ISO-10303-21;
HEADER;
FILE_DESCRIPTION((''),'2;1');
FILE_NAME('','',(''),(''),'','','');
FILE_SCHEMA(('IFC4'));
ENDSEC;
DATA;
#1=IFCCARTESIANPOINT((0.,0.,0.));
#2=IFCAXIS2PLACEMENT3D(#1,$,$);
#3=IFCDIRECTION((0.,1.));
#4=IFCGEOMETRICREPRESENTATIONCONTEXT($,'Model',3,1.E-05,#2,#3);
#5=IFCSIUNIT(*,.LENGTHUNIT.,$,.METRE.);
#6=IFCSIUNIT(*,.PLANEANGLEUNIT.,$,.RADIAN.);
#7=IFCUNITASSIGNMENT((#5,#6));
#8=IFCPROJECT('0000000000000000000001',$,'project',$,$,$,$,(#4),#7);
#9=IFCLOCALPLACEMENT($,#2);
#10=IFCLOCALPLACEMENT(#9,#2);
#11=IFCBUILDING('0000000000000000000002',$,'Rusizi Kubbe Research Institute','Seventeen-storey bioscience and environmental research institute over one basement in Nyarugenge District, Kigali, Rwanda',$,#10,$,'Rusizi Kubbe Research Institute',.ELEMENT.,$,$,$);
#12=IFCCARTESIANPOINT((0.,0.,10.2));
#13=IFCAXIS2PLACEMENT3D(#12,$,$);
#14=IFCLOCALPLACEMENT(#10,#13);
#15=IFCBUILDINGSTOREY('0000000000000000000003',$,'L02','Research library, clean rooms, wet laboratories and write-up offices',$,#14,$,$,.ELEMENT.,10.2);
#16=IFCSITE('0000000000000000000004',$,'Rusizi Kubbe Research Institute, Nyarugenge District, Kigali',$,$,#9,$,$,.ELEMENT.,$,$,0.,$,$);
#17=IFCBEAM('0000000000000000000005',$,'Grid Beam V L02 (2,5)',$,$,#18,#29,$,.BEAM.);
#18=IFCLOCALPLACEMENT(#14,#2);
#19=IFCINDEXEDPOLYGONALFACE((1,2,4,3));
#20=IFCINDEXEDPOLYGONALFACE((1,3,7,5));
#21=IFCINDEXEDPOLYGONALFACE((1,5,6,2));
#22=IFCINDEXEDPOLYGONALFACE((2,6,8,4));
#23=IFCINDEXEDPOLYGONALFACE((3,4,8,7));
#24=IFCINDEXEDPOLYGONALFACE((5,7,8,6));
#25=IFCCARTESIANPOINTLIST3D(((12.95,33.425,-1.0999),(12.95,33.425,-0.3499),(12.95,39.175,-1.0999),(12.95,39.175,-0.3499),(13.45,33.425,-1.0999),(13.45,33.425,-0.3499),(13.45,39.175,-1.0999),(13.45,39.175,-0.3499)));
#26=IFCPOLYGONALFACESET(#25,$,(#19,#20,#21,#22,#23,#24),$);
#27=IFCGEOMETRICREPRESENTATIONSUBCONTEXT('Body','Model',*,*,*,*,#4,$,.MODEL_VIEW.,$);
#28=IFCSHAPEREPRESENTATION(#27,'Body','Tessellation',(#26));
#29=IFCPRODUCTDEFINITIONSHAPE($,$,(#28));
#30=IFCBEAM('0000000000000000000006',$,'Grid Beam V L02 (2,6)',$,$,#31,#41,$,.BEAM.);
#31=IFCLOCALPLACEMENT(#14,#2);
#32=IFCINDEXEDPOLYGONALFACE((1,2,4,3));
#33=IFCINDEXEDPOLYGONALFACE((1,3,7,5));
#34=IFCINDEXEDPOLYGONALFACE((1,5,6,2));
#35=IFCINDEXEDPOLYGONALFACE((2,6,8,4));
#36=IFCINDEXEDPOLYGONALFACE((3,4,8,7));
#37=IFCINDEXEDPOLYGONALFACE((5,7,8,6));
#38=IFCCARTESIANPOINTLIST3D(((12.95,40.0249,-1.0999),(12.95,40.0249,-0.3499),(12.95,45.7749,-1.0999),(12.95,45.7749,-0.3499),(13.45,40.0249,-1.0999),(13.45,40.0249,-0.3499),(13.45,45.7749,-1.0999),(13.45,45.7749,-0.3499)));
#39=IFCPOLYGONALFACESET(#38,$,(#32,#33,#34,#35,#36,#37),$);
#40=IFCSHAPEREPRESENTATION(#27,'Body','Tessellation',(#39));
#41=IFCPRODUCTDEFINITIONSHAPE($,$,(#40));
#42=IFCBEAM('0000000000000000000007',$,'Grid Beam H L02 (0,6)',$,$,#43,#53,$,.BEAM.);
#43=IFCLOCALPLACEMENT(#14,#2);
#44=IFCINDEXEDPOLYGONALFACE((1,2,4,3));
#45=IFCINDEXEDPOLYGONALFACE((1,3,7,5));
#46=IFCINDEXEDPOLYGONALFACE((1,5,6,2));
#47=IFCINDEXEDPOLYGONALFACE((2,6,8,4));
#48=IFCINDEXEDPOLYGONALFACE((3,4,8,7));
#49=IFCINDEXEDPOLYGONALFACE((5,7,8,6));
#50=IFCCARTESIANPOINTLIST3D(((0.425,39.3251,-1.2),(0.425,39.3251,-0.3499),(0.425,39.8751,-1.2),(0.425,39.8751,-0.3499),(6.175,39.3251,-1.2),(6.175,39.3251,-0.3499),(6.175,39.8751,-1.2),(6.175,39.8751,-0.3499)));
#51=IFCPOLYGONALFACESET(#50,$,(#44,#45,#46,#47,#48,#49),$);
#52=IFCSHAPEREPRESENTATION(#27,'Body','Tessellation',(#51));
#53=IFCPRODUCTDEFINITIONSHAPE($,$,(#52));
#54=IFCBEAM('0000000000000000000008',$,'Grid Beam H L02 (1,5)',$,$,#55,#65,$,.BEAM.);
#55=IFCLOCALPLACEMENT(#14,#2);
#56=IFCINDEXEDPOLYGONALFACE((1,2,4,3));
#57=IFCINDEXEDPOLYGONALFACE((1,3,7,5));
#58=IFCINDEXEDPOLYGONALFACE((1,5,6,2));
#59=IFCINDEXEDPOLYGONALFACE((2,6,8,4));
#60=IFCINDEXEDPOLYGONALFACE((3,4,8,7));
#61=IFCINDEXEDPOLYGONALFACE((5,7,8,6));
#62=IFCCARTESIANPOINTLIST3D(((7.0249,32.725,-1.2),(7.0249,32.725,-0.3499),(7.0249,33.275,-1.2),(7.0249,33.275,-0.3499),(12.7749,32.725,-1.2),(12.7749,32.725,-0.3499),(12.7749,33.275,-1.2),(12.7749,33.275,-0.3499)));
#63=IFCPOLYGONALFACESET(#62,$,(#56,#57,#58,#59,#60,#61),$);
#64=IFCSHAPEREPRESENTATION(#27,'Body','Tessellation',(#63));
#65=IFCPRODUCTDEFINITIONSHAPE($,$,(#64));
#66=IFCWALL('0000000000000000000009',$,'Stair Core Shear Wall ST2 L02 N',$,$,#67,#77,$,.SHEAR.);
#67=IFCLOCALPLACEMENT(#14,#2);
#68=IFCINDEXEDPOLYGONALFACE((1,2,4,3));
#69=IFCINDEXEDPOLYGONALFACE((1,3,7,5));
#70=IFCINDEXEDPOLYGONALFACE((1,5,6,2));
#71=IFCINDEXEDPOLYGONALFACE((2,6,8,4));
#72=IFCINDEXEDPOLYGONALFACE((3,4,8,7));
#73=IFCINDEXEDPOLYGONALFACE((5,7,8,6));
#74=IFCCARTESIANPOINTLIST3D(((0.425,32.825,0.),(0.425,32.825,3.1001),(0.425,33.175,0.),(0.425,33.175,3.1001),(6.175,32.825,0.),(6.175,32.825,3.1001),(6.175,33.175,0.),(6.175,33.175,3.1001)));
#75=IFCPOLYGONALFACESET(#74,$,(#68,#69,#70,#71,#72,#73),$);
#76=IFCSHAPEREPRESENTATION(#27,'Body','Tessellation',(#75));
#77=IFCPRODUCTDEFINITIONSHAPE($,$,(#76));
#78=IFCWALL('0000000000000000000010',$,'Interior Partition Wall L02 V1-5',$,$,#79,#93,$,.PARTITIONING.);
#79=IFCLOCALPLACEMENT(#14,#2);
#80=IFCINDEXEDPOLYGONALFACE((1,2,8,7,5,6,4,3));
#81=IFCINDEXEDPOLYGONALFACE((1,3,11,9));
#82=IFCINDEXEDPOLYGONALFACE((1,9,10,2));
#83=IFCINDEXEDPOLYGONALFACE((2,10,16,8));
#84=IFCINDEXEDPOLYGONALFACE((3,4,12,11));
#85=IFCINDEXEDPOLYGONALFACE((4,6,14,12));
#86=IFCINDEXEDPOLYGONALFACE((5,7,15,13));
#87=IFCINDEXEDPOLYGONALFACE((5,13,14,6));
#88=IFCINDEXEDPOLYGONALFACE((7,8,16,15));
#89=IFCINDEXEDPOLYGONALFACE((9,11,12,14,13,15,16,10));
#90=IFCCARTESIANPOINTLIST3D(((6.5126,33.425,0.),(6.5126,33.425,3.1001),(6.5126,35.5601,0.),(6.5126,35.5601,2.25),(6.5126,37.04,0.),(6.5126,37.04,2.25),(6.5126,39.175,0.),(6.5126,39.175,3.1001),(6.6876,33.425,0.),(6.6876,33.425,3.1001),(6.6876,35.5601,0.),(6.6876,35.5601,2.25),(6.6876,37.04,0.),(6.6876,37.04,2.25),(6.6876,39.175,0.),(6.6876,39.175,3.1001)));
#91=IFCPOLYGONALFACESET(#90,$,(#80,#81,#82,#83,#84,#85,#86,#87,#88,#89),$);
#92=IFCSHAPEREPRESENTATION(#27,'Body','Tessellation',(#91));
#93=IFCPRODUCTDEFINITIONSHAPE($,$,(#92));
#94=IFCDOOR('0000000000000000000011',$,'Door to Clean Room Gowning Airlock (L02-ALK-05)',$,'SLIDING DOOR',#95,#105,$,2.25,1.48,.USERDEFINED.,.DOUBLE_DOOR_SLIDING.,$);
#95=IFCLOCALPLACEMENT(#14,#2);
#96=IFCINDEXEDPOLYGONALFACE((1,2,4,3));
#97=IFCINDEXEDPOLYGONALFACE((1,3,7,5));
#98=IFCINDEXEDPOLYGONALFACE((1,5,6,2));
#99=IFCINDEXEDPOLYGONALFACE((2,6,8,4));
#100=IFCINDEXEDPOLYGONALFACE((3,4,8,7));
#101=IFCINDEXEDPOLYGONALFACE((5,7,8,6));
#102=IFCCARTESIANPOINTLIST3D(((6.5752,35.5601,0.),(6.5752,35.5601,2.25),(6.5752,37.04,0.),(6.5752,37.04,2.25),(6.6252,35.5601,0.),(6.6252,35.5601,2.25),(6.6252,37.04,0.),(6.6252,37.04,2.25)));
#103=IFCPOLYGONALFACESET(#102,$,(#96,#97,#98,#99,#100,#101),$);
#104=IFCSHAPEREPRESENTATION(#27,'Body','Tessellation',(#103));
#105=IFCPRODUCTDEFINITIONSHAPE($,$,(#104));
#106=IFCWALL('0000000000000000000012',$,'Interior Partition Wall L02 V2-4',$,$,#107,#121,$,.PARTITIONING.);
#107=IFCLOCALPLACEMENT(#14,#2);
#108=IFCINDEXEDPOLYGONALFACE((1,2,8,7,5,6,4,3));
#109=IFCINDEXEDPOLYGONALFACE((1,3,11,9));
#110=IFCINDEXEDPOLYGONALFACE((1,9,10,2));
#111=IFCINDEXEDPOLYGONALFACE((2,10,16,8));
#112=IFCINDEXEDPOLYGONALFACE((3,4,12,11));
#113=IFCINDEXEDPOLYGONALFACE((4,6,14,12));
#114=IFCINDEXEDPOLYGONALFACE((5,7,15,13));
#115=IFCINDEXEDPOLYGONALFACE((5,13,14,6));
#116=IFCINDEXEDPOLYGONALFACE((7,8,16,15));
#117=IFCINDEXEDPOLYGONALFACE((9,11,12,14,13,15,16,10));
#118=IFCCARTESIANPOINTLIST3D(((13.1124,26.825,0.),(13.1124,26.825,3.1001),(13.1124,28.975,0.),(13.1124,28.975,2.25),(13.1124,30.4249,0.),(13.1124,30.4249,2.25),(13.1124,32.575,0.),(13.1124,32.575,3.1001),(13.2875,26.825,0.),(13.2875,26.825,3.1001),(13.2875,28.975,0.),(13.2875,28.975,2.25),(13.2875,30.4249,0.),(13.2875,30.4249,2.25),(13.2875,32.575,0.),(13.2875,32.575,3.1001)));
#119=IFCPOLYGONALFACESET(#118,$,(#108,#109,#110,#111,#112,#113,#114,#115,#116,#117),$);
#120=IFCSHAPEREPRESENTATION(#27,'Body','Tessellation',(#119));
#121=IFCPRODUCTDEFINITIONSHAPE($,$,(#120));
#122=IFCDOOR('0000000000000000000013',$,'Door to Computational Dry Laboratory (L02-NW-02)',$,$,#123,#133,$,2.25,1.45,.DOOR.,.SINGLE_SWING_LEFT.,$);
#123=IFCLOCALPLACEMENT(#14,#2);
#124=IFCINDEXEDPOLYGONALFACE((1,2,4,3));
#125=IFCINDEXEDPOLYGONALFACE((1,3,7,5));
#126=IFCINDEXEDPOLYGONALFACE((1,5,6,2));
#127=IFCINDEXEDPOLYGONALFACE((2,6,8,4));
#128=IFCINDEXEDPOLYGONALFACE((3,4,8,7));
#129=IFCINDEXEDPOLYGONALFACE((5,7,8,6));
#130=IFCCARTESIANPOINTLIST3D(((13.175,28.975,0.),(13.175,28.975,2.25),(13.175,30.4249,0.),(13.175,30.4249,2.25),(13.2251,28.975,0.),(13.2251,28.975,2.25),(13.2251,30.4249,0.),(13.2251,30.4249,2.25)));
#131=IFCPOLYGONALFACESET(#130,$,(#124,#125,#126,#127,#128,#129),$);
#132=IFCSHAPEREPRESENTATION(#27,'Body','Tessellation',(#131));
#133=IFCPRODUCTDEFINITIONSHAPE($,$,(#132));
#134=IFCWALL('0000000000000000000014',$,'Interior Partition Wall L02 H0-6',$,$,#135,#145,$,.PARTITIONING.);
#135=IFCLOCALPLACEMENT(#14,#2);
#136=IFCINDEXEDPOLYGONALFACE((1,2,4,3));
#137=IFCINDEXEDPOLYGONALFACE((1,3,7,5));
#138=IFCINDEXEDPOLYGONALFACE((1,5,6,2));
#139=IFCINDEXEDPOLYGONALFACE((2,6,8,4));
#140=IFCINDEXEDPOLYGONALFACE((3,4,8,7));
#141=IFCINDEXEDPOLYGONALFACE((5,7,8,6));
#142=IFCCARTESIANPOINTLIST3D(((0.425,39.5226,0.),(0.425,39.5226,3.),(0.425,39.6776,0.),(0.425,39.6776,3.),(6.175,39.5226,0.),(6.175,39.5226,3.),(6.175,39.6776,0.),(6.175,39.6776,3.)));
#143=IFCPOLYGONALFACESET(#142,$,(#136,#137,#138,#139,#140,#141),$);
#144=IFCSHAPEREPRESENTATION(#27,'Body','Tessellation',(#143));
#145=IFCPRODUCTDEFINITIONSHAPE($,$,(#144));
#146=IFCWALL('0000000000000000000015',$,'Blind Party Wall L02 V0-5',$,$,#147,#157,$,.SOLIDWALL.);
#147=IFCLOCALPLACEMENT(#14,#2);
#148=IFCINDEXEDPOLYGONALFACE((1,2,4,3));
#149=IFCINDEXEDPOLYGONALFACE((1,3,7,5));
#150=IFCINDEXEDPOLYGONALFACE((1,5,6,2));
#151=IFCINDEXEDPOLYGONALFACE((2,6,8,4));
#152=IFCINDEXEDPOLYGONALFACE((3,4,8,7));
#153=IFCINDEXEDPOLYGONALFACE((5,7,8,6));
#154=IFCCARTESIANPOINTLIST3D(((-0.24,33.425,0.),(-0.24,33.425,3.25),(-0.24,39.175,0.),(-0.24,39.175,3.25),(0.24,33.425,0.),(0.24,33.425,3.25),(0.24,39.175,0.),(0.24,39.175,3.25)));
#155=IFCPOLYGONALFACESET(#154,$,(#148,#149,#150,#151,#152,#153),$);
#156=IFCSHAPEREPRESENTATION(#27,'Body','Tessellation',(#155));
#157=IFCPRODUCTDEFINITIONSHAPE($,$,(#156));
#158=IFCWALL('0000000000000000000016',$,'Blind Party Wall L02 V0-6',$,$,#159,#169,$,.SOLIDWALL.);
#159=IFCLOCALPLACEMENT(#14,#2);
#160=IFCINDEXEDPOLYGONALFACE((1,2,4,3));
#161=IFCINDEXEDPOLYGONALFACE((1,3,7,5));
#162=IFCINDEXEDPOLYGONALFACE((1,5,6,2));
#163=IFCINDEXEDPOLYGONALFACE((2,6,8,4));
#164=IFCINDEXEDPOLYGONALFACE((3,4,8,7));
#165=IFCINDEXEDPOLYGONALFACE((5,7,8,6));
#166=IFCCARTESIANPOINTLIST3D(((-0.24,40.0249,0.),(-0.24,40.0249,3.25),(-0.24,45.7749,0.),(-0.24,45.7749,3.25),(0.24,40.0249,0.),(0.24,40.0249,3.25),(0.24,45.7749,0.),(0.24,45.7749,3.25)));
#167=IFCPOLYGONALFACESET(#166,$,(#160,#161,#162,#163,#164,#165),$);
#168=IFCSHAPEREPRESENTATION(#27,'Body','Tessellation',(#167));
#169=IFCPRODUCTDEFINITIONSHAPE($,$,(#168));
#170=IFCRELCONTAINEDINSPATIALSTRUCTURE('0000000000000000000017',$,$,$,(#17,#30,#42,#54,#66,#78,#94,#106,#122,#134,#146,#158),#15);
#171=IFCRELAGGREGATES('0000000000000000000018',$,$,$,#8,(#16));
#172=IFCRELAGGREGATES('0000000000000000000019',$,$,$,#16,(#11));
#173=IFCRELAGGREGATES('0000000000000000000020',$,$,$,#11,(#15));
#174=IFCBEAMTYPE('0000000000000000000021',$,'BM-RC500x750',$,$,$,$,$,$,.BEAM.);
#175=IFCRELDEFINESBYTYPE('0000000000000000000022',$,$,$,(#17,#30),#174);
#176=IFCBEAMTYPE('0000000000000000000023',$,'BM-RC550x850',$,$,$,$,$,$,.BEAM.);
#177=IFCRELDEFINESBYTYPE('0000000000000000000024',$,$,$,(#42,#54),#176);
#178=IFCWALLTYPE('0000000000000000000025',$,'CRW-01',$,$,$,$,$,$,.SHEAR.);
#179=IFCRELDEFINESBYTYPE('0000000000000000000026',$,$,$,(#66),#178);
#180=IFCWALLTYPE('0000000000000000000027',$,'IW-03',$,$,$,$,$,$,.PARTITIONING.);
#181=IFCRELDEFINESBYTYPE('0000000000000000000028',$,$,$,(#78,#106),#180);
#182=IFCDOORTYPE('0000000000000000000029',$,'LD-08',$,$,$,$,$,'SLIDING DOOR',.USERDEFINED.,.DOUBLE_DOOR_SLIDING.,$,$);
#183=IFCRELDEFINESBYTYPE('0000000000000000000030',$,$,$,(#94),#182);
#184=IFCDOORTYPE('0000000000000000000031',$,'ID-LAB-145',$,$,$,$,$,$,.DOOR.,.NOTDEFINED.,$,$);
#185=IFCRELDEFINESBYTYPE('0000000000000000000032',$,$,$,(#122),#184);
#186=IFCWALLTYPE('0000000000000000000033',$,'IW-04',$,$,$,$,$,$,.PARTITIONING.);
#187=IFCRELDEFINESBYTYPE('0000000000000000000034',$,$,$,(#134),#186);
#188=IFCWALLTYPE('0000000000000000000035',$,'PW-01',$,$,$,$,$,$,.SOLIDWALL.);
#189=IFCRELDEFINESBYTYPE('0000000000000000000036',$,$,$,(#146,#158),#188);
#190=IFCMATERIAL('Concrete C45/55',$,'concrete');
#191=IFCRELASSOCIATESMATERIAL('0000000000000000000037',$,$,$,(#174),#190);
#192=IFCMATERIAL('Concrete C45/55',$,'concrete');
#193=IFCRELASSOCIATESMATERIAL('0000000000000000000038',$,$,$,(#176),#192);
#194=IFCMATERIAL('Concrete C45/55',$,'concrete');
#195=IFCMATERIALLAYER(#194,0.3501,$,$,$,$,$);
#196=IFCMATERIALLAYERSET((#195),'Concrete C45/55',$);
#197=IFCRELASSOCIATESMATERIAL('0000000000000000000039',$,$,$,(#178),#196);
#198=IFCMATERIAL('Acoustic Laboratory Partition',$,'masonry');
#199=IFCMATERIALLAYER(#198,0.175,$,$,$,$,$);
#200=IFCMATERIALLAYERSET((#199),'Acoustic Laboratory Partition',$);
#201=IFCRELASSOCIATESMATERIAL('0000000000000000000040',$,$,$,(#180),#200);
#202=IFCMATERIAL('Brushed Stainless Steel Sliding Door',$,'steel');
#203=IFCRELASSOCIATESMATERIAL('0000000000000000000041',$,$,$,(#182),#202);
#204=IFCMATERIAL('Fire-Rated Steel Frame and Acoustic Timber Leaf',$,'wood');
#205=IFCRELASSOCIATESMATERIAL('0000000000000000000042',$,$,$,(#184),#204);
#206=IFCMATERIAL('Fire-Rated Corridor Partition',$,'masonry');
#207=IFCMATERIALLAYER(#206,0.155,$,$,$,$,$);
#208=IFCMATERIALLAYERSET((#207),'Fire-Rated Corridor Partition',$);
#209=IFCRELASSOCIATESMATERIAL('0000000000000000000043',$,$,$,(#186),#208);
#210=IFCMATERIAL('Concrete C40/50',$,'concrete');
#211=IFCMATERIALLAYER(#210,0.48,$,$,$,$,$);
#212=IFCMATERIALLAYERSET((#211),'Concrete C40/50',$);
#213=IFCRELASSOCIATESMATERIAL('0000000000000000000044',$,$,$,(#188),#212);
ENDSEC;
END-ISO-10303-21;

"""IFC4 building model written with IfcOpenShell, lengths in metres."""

from ifc_helpers import new_model, si_unit, direction, frame, frame_2d, origin, origin_2d, place, context, subcontext, project, spatial, rectangle, extrude, material, layer, layer_set, material_profile, profile_set, type_object, element, fill, save


model = new_model("IFC4")

# Units and contexts
model_context = context("Model", 3, precision=1e-05, world=origin(), true_north=direction((0.0, 1.0)))
body_context = subcontext(model_context, "Body", "Model", "MODEL_VIEW")
ifc_project = project(units=[si_unit("LENGTHUNIT", "METRE"), si_unit("PLANEANGLEUNIT", "RADIAN")], contexts=[model_context])

# Site, building, storey
site_placement = place(None, origin())
site = spatial("IfcSite", under=ifc_project, at=site_placement, Name="Rusizi Kubbe Research Institute, Nyarugenge District, Kigali", CompositionType="ELEMENT", RefElevation=0.0)
building_placement = place(site_placement, origin())
building = spatial("IfcBuilding", under=site, at=building_placement, Name="Rusizi Kubbe Research Institute", Description="Seventeen-storey bioscience and environmental research institute over one basement in Nyarugenge District, Kigali, Rwanda", LongName="Rusizi Kubbe Research Institute", CompositionType="ELEMENT")
storey_placement = place(building_placement, frame((0.0, 0.0, 10.2)))
storey = spatial("IfcBuildingStorey", under=building, at=storey_placement, Name="L02", Description="Research library, clean rooms, wet laboratories and write-up offices", CompositionType="ELEMENT", Elevation=10.2)

# Beams
ifc_material_1 = material(Name="Concrete C45/55", Category="concrete")
ifc_material_profile_1 = material_profile(ifc_material_1, rectangle(XDim=0.5, YDim=0.75, at=origin_2d()), Name="RC500x750B")
ifc_profile_set_1 = profile_set([ifc_material_profile_1], Name="Concrete C45/55")
beam_type_1 = type_object("IfcBeamType", Name="BM-RC500x750", PredefinedType="BEAM", material=ifc_profile_set_1)
for number, where, z_axis, x_axis, name in (
    (1, (13.2, 33.425, -0.7249), (0.0, 1.0, 0.0), (-1.0, 0.0, 0.0), "Grid Beam V L02 (2,5)"),
    (2, (13.2, 40.0249, -0.7249), (0.0, 1.0, 0.0), (-1.0, 0.0, 0.0), "Grid Beam V L02 (2,6)"),
):
    element("IfcBeam", number, at=place(storey_placement, frame(where, z_axis=z_axis, x_axis=x_axis)), inside=storey, type_object=beam_type_1, Name=name, PredefinedType="BEAM", context=body_context, shape_type="SweptSolid", body=[
        extrude(rectangle(XDim=0.5, YDim=0.75, at=origin_2d()), origin(), (0.0, 0.0, 1.0), 5.75),
    ])
ifc_material_2 = material(Name="Concrete C45/55", Category="concrete")
ifc_material_profile_2 = material_profile(ifc_material_2, rectangle(XDim=0.55, YDim=0.8501, at=origin_2d()), Name="RC550x850")
ifc_profile_set_2 = profile_set([ifc_material_profile_2], Name="Concrete C45/55")
beam_type_2 = type_object("IfcBeamType", Name="BM-RC550x850", PredefinedType="BEAM", material=ifc_profile_set_2)
for number, where, z_axis, x_axis, name in (
    (3, (0.425, 39.6001, -0.7749), (1.0, 0.0, 0.0), (0.0, 1.0, 0.0), "Grid Beam H L02 (0,6)"),
    (4, (7.0249, 33.0, -0.7749), (1.0, 0.0, 0.0), (0.0, 1.0, 0.0), "Grid Beam H L02 (1,5)"),
):
    element("IfcBeam", number, at=place(storey_placement, frame(where, z_axis=z_axis, x_axis=x_axis)), inside=storey, type_object=beam_type_2, Name=name, PredefinedType="BEAM", context=body_context, shape_type="SweptSolid", body=[
        extrude(rectangle(XDim=0.55, YDim=0.8501, at=origin_2d()), origin(), (0.0, 0.0, 1.0), 5.75),
    ])

# Wall
ifc_material_3 = material(Name="Concrete C45/55", Category="concrete")
ifc_layer_1 = layer(ifc_material_3, 0.3501)
ifc_layer_set_1 = layer_set([ifc_layer_1], Name="Concrete C45/55")
wall_type_1 = type_object("IfcWallType", Name="CRW-01", PredefinedType="SHEAR", material=ifc_layer_set_1)
wall_1_placement = place(storey_placement, frame((0.425, 33.0, 0.0), z_axis=(0.0, 0.0, 1.0), x_axis=(1.0, 0.0, 0.0)))
element("IfcWall", 5, at=wall_1_placement, inside=storey, type_object=wall_type_1, Name="Stair Core Shear Wall ST2 L02 N", PredefinedType="SHEAR", context=body_context, shape_type="SweptSolid", body=[
    extrude(rectangle(XDim=5.75, YDim=0.3501, at=frame_2d((2.875, 0.0))), origin(), (0.0, 0.0, 1.0), 3.1001),
])

# Walls, openings, doors
ifc_material_4 = material(Name="Acoustic Laboratory Partition", Category="masonry")
ifc_layer_2 = layer(ifc_material_4, 0.175)
ifc_layer_set_2 = layer_set([ifc_layer_2], Name="Acoustic Laboratory Partition")
wall_type_2 = type_object("IfcWallType", Name="IW-03", PredefinedType="PARTITIONING", material=ifc_layer_set_2)
wall_2_placement = place(storey_placement, frame((6.6001, 33.425, 0.0), z_axis=(0.0, 0.0, 1.0), x_axis=(0.0, 1.0, 0.0)))
wall_2 = element("IfcWall", 6, at=wall_2_placement, inside=storey, type_object=wall_type_2, Name="Interior Partition Wall L02 V1-5", PredefinedType="PARTITIONING", context=body_context, shape_type="SweptSolid", body=[
    extrude(rectangle(XDim=5.75, YDim=0.175, at=frame_2d((2.875, 0.0))), origin(), (0.0, 0.0, 1.0), 3.1001),
])
opening_1_placement = place(wall_2_placement, frame((2.135, 0.0, 0.0)))
opening_1 = element("IfcOpeningElement", 7, at=opening_1_placement, cuts=wall_2, PredefinedType="OPENING", context=body_context, shape_type="SweptSolid", body=[
    extrude(rectangle(XDim=1.48, YDim=2.25, at=frame_2d((0.74, 1.125))), frame((0.0, 0.0974, 0.0), z_axis=(0.0, -1.0, 0.0), x_axis=(1.0, 0.0, 0.0)), (0.0, 0.0, 1.0), 0.1951),
])
ifc_material_5 = material(Name="Brushed Stainless Steel Sliding Door", Category="steel")
door_type_1 = type_object("IfcDoorType", Name="LD-08", ElementType="SLIDING DOOR", OperationType="DOUBLE_DOOR_SLIDING", PredefinedType="USERDEFINED", material=ifc_material_5)
door_1_placement = place(opening_1_placement, origin())
door_1 = element("IfcDoor", 8, at=door_1_placement, inside=storey, type_object=door_type_1, Name="Door to Clean Room Gowning Airlock (L02-ALK-05)", ObjectType="SLIDING DOOR", OperationType="DOUBLE_DOOR_SLIDING", OverallHeight=2.25, OverallWidth=1.48, PredefinedType="USERDEFINED", context=body_context, shape_type="SweptSolid", body=[
    extrude(rectangle(XDim=1.48, YDim=2.25, at=frame_2d((0.74, 1.125))), frame((0.0, 0.0249, 0.0), z_axis=(0.0, -1.0, 0.0), x_axis=(1.0, 0.0, 0.0)), (0.0, 0.0, 1.0), 0.05),
])
fill(opening_1, door_1)
wall_3_placement = place(storey_placement, frame((13.2, 26.825, 0.0), z_axis=(0.0, 0.0, 1.0), x_axis=(0.0, 1.0, 0.0)))
wall_3 = element("IfcWall", 9, at=wall_3_placement, inside=storey, type_object=wall_type_2, Name="Interior Partition Wall L02 V2-4", PredefinedType="PARTITIONING", context=body_context, shape_type="SweptSolid", body=[
    extrude(rectangle(XDim=5.75, YDim=0.175, at=frame_2d((2.875, 0.0))), origin(), (0.0, 0.0, 1.0), 3.1001),
])
opening_2_placement = place(wall_3_placement, frame((2.1499, 0.0, 0.0)))
opening_2 = element("IfcOpeningElement", 10, at=opening_2_placement, cuts=wall_3, PredefinedType="OPENING", context=body_context, shape_type="SweptSolid", body=[
    extrude(rectangle(XDim=1.45, YDim=2.25, at=frame_2d((0.7251, 1.125))), frame((0.0, 0.0974, 0.0), z_axis=(0.0, -1.0, 0.0), x_axis=(1.0, 0.0, 0.0)), (0.0, 0.0, 1.0), 0.1951),
])
ifc_material_6 = material(Name="Fire-Rated Steel Frame and Acoustic Timber Leaf", Category="wood")
door_type_2 = type_object("IfcDoorType", Name="ID-LAB-145", OperationType="NOTDEFINED", PredefinedType="DOOR", material=ifc_material_6)
door_2_placement = place(opening_2_placement, origin())
door_2 = element("IfcDoor", 11, at=door_2_placement, inside=storey, type_object=door_type_2, Name="Door to Computational Dry Laboratory (L02-NW-02)", OperationType="SINGLE_SWING_LEFT", OverallHeight=2.25, OverallWidth=1.45, PredefinedType="DOOR", context=body_context, shape_type="SweptSolid", body=[
    extrude(rectangle(XDim=1.45, YDim=2.25, at=frame_2d((0.7251, 1.125))), frame((0.0, 0.0249, 0.0), z_axis=(0.0, -1.0, 0.0), x_axis=(1.0, 0.0, 0.0)), (0.0, 0.0, 1.0), 0.05),
])
fill(opening_2, door_2)

# Walls
ifc_material_7 = material(Name="Fire-Rated Corridor Partition", Category="masonry")
ifc_layer_3 = layer(ifc_material_7, 0.155)
ifc_layer_set_3 = layer_set([ifc_layer_3], Name="Fire-Rated Corridor Partition")
wall_type_3 = type_object("IfcWallType", Name="IW-04", PredefinedType="PARTITIONING", material=ifc_layer_set_3)
wall_4_placement = place(storey_placement, frame((0.425, 39.6001, 0.0), z_axis=(0.0, 0.0, 1.0), x_axis=(1.0, 0.0, 0.0)))
element("IfcWall", 12, at=wall_4_placement, inside=storey, type_object=wall_type_3, Name="Interior Partition Wall L02 H0-6", PredefinedType="PARTITIONING", context=body_context, shape_type="SweptSolid", body=[
    extrude(rectangle(XDim=5.75, YDim=0.155, at=frame_2d((2.875, 0.0))), origin(), (0.0, 0.0, 1.0), 3.0),
])
ifc_material_8 = material(Name="Concrete C40/50", Category="concrete")
ifc_layer_4 = layer(ifc_material_8, 0.48)
ifc_layer_set_4 = layer_set([ifc_layer_4], Name="Concrete C40/50")
wall_type_4 = type_object("IfcWallType", Name="PW-01", PredefinedType="SOLIDWALL", material=ifc_layer_set_4)
for number, where, z_axis, x_axis, name in (
    (13, (0.0, 33.425, 0.0), (0.0, 0.0, 1.0), (0.0, 1.0, 0.0), "Blind Party Wall L02 V0-5"),
    (14, (0.0, 40.0249, 0.0), (0.0, 0.0, 1.0), (0.0, 1.0, 0.0), "Blind Party Wall L02 V0-6"),
):
    element("IfcWall", number, at=place(storey_placement, frame(where, z_axis=z_axis, x_axis=x_axis)), inside=storey, type_object=wall_type_4, Name=name, PredefinedType="SOLIDWALL", context=body_context, shape_type="SweptSolid", body=[
        extrude(rectangle(XDim=5.75, YDim=0.48, at=frame_2d((2.875, 0.0))), origin(), (0.0, 0.0, 1.0), 3.25),
    ])

save(model, "model.ifc")
